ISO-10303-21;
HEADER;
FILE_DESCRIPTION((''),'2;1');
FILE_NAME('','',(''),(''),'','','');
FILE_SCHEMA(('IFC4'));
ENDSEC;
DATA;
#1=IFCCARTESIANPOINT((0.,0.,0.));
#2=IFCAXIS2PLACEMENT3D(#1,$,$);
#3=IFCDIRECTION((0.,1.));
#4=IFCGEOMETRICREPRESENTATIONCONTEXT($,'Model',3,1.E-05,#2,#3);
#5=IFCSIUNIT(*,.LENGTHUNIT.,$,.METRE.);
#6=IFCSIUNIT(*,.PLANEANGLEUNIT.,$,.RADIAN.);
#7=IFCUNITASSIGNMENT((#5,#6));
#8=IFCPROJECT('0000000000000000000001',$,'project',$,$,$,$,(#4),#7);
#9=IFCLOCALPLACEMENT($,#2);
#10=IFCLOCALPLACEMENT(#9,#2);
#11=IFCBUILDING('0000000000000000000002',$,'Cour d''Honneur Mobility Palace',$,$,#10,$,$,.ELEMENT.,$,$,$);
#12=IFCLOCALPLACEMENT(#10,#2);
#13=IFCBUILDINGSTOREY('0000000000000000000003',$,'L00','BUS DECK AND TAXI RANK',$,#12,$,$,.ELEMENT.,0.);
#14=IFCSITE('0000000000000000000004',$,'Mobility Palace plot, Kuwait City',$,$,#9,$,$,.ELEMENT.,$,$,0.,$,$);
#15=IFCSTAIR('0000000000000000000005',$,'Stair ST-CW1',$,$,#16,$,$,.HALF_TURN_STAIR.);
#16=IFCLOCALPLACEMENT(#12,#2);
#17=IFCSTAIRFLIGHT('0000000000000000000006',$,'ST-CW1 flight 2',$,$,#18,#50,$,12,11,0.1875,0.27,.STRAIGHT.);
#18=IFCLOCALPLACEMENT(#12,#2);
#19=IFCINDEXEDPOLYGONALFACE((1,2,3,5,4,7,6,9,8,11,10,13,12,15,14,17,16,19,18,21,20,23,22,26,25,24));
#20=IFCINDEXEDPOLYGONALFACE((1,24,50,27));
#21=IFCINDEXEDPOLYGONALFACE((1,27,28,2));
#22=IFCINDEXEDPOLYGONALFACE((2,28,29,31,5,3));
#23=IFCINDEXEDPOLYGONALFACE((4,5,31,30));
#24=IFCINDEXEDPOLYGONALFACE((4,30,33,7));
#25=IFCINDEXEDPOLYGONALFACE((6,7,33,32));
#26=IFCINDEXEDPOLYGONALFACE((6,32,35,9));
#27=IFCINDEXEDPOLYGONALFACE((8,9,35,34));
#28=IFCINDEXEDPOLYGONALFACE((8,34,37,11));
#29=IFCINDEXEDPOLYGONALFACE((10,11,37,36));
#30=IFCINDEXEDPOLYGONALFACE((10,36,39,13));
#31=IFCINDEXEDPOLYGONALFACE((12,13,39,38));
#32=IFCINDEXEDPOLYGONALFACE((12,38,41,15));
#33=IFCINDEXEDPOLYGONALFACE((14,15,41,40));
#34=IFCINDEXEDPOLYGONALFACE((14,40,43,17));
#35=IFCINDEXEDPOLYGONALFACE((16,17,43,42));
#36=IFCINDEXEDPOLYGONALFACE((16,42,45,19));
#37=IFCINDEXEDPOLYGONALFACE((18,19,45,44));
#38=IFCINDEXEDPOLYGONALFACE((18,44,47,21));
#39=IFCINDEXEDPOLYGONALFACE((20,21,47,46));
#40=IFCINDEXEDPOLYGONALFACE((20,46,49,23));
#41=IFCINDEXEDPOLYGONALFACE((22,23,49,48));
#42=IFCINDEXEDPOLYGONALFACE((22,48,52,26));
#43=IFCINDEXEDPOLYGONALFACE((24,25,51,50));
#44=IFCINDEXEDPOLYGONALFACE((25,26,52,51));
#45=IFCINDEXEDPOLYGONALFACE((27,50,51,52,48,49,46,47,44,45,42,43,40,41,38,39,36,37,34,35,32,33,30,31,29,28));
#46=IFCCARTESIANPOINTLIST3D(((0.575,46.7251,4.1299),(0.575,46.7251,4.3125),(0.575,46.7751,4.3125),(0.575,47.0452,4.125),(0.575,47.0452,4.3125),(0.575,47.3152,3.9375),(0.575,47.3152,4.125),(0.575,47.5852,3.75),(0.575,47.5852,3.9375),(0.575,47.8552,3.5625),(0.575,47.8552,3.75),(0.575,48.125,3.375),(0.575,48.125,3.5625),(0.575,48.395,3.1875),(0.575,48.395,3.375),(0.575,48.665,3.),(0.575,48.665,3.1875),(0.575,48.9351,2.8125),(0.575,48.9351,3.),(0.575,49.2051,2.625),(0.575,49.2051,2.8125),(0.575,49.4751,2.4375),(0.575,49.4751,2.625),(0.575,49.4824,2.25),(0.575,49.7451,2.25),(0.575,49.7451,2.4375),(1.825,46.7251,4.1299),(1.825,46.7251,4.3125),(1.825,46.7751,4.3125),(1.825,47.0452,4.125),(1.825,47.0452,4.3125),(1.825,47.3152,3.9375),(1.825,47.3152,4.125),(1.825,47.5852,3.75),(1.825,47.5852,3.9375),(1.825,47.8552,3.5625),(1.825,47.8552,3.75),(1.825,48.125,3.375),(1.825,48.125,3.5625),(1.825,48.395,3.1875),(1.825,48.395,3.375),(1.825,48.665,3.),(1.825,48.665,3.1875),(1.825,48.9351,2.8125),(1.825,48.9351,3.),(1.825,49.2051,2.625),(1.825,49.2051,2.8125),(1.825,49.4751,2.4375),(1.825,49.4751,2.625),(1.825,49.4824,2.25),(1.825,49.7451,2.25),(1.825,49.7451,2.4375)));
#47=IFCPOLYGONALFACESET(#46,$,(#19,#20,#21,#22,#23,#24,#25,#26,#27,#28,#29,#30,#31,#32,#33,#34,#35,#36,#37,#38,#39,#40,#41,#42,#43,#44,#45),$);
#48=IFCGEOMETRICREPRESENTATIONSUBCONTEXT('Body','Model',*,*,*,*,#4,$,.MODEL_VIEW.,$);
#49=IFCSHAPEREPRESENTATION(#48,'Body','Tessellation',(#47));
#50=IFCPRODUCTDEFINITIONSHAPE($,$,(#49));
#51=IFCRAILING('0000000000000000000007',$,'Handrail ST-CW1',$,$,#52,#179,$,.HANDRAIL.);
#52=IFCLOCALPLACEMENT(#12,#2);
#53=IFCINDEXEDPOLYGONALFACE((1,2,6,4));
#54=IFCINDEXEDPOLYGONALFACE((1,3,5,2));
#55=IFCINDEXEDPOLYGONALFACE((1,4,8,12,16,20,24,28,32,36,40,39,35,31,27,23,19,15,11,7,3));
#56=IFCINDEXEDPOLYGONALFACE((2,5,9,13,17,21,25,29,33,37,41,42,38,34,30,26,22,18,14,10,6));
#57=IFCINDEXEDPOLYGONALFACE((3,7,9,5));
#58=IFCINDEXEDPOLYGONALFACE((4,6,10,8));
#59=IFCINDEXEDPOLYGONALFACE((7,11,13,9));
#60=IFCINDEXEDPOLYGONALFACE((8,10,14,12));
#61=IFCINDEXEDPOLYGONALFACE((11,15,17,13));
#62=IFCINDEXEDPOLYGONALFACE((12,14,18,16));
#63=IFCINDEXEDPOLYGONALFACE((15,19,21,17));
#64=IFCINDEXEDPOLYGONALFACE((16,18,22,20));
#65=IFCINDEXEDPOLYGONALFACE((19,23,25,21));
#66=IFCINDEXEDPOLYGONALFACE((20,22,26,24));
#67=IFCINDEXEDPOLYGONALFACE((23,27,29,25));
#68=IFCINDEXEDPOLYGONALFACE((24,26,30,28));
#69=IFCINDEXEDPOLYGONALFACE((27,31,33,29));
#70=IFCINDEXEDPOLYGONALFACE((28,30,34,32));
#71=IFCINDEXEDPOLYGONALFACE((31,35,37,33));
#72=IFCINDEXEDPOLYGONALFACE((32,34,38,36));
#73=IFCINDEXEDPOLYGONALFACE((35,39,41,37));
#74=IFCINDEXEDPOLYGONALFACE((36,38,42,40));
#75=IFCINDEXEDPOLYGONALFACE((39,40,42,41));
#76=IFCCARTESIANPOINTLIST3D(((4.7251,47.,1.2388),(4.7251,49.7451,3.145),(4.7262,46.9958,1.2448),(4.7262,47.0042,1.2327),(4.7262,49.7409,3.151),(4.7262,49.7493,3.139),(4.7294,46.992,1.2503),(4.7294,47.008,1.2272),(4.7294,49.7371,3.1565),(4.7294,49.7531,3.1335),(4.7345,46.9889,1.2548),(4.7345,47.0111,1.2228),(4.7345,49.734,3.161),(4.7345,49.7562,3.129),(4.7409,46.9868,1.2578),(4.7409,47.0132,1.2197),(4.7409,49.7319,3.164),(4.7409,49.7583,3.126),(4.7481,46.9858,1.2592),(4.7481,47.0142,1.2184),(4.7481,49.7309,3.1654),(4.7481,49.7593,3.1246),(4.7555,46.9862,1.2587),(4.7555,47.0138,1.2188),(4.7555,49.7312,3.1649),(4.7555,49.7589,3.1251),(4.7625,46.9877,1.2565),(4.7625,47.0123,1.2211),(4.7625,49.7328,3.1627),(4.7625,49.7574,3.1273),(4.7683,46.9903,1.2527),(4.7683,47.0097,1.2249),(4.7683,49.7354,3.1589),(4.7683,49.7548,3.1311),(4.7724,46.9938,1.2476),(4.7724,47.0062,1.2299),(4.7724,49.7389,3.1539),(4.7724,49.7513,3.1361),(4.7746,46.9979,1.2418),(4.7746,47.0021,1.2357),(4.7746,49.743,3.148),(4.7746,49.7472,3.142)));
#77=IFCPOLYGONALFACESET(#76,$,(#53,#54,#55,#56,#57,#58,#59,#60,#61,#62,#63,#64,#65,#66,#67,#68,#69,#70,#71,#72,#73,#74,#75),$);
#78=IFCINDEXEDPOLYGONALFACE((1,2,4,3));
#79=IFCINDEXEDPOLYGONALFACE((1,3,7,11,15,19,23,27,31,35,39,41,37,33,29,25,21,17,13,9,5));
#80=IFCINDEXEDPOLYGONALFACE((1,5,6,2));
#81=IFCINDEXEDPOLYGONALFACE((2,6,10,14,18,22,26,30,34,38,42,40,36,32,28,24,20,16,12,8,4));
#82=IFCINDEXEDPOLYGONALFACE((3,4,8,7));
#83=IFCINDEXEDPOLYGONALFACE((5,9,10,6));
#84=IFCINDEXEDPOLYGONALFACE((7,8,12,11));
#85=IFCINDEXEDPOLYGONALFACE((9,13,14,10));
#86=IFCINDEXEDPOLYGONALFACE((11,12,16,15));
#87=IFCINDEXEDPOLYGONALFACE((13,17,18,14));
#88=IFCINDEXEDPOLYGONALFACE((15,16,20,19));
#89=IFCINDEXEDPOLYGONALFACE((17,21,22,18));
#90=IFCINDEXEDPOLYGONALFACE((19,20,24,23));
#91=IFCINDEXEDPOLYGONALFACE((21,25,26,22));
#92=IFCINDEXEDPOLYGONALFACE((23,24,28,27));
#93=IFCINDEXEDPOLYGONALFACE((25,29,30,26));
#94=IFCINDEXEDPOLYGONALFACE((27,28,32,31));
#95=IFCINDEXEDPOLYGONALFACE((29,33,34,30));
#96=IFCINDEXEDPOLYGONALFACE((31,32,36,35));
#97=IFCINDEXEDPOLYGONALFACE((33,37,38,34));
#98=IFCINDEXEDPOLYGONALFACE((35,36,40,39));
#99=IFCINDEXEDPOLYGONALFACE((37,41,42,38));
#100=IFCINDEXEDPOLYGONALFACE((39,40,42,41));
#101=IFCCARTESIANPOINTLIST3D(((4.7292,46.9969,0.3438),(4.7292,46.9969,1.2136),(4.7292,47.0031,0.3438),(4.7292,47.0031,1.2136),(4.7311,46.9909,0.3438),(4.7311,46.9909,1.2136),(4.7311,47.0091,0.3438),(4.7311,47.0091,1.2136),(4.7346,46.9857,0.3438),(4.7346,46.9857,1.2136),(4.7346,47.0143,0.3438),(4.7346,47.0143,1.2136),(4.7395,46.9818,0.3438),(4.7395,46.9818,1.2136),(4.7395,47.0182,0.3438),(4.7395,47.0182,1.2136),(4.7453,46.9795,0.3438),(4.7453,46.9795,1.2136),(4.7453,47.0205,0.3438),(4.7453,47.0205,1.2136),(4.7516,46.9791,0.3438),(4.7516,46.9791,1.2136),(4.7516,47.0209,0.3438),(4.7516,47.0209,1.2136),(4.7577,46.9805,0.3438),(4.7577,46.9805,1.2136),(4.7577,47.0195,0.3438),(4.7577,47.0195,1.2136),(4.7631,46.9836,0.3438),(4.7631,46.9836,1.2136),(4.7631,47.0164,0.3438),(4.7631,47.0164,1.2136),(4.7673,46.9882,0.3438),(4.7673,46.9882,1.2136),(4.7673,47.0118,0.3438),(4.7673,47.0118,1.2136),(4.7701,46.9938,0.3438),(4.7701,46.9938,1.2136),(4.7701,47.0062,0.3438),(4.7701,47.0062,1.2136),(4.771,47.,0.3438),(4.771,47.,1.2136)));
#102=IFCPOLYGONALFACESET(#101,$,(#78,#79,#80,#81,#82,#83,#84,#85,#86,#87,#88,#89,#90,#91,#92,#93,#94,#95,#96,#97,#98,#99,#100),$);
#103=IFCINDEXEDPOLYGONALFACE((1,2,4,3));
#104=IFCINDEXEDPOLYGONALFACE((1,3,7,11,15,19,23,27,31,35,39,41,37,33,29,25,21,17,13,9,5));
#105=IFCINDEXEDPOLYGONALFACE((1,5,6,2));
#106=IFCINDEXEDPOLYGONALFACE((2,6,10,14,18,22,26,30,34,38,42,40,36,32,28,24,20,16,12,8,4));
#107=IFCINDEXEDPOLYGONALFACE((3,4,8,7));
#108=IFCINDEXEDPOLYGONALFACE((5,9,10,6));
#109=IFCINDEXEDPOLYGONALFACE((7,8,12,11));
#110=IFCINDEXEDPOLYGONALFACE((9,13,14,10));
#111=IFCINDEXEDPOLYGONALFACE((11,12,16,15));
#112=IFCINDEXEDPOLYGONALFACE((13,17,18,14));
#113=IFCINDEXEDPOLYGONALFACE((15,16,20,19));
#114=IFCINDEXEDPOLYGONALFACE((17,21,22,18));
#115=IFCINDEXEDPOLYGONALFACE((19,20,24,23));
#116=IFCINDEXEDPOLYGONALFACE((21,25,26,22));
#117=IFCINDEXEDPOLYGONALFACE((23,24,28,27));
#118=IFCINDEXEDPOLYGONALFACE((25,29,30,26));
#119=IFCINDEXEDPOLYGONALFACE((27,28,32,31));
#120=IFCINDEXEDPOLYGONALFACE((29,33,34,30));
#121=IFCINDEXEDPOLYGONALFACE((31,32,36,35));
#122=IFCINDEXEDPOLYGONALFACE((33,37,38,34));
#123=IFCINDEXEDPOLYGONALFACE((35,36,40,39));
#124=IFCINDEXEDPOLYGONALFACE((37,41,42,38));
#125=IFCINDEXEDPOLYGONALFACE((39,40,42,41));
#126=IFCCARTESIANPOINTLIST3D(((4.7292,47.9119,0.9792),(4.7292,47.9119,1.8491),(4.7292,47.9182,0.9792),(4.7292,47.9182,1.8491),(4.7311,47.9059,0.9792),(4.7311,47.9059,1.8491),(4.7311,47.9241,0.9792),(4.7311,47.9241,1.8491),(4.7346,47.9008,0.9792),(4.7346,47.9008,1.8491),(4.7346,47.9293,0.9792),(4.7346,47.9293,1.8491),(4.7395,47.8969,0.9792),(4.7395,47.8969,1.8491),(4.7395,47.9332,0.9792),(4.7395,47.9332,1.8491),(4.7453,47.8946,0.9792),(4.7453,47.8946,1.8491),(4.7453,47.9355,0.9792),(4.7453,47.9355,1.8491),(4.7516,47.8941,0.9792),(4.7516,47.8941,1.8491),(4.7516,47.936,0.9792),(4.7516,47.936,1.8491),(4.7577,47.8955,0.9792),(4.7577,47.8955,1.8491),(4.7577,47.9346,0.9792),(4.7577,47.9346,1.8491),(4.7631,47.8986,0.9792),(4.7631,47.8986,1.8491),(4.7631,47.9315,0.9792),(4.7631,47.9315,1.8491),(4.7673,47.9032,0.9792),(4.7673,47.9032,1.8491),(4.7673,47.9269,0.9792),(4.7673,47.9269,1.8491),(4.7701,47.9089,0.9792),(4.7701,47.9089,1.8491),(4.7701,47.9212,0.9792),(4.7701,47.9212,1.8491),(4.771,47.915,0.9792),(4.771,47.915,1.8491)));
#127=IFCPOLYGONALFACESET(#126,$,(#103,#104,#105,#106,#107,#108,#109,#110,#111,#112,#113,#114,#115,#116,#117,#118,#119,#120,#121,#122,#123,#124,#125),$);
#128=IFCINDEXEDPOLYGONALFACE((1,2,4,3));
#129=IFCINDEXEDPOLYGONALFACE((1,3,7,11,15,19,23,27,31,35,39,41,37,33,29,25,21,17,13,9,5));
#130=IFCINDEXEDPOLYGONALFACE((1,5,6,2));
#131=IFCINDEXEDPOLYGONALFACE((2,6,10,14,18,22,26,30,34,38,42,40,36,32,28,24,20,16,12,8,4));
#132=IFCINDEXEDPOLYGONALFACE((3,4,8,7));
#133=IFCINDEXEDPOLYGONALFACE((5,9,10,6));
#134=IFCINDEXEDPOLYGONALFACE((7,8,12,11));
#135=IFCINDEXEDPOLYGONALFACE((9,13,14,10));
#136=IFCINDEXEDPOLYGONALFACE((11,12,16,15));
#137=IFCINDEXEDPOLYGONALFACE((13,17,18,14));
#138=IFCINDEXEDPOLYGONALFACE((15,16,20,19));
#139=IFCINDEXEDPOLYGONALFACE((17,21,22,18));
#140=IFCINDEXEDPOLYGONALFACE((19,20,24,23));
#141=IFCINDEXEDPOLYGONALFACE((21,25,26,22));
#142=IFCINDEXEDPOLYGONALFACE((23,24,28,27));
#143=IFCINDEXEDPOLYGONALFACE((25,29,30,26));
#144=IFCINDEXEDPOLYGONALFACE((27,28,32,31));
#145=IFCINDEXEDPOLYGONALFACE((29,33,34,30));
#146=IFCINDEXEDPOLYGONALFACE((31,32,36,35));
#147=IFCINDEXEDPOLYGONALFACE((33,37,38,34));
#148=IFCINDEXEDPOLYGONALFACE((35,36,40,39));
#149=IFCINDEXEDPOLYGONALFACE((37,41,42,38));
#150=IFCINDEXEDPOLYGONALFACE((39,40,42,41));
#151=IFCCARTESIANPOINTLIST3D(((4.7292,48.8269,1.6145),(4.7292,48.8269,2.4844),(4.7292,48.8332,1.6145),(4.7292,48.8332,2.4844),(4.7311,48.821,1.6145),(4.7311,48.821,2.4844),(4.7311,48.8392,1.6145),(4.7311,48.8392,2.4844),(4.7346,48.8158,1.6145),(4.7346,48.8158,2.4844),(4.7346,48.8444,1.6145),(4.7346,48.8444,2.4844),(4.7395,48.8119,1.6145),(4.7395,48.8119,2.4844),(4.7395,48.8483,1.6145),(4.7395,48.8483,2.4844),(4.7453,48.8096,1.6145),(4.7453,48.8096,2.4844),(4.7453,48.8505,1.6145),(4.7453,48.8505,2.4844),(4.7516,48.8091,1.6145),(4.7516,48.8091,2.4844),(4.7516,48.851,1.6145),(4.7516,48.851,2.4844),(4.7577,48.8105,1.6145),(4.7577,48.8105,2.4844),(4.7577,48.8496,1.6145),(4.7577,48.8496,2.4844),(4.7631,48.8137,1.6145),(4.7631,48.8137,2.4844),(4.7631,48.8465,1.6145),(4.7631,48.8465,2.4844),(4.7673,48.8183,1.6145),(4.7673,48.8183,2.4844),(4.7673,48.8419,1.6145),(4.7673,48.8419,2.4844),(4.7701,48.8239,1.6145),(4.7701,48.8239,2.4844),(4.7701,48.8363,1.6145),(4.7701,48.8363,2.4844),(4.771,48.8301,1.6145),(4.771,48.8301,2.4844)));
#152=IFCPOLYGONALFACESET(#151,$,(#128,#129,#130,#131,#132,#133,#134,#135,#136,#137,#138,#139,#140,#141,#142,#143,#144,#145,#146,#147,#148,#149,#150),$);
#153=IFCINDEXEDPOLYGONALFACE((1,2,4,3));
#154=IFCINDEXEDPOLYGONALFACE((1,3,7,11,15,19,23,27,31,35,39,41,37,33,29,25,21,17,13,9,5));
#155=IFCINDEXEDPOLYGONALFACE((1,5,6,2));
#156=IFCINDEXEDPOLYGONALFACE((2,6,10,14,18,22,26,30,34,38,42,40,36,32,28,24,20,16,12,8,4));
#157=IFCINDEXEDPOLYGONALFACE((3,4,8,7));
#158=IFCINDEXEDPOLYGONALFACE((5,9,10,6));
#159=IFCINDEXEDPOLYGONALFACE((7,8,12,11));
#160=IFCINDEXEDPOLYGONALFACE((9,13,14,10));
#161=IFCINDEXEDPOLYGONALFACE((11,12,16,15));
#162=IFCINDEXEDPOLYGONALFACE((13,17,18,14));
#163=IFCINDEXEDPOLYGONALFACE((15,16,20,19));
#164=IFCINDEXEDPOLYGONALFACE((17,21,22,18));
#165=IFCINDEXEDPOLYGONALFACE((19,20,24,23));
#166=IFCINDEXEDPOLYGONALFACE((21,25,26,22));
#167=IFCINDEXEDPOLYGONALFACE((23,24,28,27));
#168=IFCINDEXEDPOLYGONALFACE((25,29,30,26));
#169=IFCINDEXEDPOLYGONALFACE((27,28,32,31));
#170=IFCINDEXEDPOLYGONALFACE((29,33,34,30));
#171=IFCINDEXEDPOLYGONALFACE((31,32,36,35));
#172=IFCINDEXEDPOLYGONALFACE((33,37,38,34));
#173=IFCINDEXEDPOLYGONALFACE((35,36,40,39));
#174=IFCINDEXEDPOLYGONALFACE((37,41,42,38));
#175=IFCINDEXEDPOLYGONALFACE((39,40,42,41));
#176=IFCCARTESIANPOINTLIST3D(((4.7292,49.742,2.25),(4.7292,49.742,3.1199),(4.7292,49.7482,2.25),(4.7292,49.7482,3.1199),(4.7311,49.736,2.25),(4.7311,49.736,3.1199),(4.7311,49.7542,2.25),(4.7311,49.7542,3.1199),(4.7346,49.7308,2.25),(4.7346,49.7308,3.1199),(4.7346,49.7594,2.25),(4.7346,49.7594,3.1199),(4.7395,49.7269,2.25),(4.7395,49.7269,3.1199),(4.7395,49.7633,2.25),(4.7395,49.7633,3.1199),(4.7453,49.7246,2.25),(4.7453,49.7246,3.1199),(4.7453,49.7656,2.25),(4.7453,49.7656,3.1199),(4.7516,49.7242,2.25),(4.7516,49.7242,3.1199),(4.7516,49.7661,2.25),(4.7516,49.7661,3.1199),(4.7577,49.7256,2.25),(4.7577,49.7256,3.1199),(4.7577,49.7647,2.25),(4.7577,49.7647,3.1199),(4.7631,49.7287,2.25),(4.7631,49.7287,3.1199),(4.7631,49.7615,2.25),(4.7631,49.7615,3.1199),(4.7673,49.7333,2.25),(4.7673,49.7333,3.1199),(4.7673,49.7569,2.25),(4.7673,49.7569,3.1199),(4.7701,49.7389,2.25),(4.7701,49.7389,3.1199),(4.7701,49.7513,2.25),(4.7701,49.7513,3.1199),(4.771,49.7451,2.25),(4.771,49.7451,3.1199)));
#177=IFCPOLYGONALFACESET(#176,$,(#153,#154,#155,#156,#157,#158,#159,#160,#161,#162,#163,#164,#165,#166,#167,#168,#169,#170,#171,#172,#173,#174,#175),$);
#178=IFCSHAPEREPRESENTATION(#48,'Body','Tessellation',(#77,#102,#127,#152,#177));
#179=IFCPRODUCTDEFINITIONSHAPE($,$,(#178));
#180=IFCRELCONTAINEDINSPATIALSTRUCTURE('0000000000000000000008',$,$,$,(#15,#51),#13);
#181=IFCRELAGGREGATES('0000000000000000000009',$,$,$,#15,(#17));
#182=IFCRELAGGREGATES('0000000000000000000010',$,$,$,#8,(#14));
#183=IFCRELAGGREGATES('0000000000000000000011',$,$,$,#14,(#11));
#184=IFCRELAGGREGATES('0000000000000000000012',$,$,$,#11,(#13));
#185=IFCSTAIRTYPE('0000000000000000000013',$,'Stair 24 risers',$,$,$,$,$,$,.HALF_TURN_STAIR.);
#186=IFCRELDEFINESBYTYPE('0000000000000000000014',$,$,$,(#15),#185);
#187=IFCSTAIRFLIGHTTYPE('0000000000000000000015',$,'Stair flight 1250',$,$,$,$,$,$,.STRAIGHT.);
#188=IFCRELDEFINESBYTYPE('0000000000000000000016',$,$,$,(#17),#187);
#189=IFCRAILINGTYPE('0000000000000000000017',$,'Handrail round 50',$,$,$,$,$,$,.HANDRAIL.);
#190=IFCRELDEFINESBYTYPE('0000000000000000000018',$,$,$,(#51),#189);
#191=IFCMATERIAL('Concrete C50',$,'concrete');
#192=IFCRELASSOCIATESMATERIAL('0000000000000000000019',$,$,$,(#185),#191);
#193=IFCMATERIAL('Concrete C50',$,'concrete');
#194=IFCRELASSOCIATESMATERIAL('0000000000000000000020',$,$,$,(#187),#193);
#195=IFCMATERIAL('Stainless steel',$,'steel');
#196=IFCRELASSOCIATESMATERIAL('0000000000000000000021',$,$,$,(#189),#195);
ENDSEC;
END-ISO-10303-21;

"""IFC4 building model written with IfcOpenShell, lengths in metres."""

from ifc_helpers import new_model, si_unit, direction, frame, origin, origin_2d, place, context, subcontext, project, spatial, polyline, circle, outline, extrude, material, type_object, element, aggregate, save


model = new_model("IFC4")

# Units and contexts
model_context = context("Model", 3, precision=1e-05, world=origin(), true_north=direction((0.0, 1.0)))
body_context = subcontext(model_context, "Body", "Model", "MODEL_VIEW")
ifc_project = project(units=[si_unit("LENGTHUNIT", "METRE"), si_unit("PLANEANGLEUNIT", "RADIAN")], contexts=[model_context])

# Site, building, storey
site_placement = place(None, origin())
site = spatial("IfcSite", under=ifc_project, at=site_placement, Name="Mobility Palace plot, Kuwait City", CompositionType="ELEMENT", RefElevation=0.0)
building_placement = place(site_placement, origin())
building = spatial("IfcBuilding", under=site, at=building_placement, Name="Cour d'Honneur Mobility Palace", CompositionType="ELEMENT")
storey_placement = place(building_placement, origin())
storey = spatial("IfcBuildingStorey", under=building, at=storey_placement, Name="L00", Description="BUS DECK AND TAXI RANK", CompositionType="ELEMENT", Elevation=0.0)

# Stair, stair flight
ifc_material_1 = material(Name="Concrete C50", Category="concrete")
stair_type = type_object("IfcStairType", Name="Stair 24 risers", PredefinedType="HALF_TURN_STAIR", material=ifc_material_1)
stair_placement = place(storey_placement, origin())
stair = element("IfcStair", 1, at=stair_placement, inside=storey, type_object=stair_type, Name="Stair ST-CW1", PredefinedType="HALF_TURN_STAIR")
ifc_material_2 = material(Name="Concrete C50", Category="concrete")
stair_flight_type = type_object("IfcStairFlightType", Name="Stair flight 1250", PredefinedType="STRAIGHT", material=ifc_material_2)
stair_flight_1_placement = place(storey_placement, frame((1.2, 49.7451, 2.25), z_axis=(0.0, 0.0, 1.0), x_axis=(0.0, -1.0, 0.0)))
stair_flight_1 = element("IfcStairFlight", 2, at=stair_flight_1_placement, type_object=stair_flight_type, Name="ST-CW1 flight 2", NumberOfRisers=12, NumberOfTreads=11, PredefinedType="STRAIGHT", RiserHeight=0.1875, TreadLength=0.27, context=body_context, shape_type="SweptSolid", body=[
    extrude(outline(polyline([(0.0, 0.0), (0.0, 0.1875), (0.27, 0.1875), (0.27, 0.375), (0.54, 0.375), (0.54, 0.5625), (0.8101, 0.5625), (0.8101, 0.75), (1.0801, 0.75), (1.0801, 0.9375), (1.3501, 0.9375), (1.3501, 1.125), (1.6201, 1.125), (1.6201, 1.3125), (1.8899, 1.3125), (1.8899, 1.5), (2.1599, 1.5), (2.1599, 1.6875), (2.4299, 1.6875), (2.4299, 1.875), (2.7, 1.875), (2.7, 2.0625), (2.97, 2.0625), (3.02, 2.0625), (3.02, 1.8799), (0.2627, 0.0), (0.0, 0.0)])), frame((0.0, 0.625, 0.0), z_axis=(0.0, -1.0, 0.0), x_axis=(1.0, 0.0, 0.0)), (0.0, 0.0, 1.0), 1.25),
])
aggregate(stair, [stair_flight_1])

# Railing
ifc_material_3 = material(Name="Stainless steel", Category="steel")
railing_type = type_object("IfcRailingType", Name="Handrail round 50", PredefinedType="HANDRAIL", material=ifc_material_3)
railing_1_placement = place(storey_placement, frame((4.75, 47.0, 0.3438)))
element("IfcRailing", 3, at=railing_1_placement, inside=storey, type_object=railing_type, Name="Handrail ST-CW1", PredefinedType="HANDRAIL", context=body_context, shape_type="SweptSolid", body=[
    extrude(circle(Radius=0.0249, at=origin_2d()), frame((0.0, 0.0, 0.895), z_axis=(0.0, 0.821381, 0.570379), x_axis=(-1.0, 0.0, 0.0)), (0.0, 0.0, 1.0), 3.342),
    extrude(circle(Radius=0.021, at=origin_2d()), origin(), (0.0, 0.0, 1.0), 0.8699),
    extrude(circle(Radius=0.021, at=origin_2d()), frame((0.0, 0.915, 0.6355)), (0.0, 0.0, 1.0), 0.8699),
    extrude(circle(Radius=0.021, at=origin_2d()), frame((0.0, 1.8301, 1.2708)), (0.0, 0.0, 1.0), 0.8699),
    extrude(circle(Radius=0.021, at=origin_2d()), frame((0.0, 2.7451, 1.9062)), (0.0, 0.0, 1.0), 0.8699),
])

save(model, "model.ifc")
